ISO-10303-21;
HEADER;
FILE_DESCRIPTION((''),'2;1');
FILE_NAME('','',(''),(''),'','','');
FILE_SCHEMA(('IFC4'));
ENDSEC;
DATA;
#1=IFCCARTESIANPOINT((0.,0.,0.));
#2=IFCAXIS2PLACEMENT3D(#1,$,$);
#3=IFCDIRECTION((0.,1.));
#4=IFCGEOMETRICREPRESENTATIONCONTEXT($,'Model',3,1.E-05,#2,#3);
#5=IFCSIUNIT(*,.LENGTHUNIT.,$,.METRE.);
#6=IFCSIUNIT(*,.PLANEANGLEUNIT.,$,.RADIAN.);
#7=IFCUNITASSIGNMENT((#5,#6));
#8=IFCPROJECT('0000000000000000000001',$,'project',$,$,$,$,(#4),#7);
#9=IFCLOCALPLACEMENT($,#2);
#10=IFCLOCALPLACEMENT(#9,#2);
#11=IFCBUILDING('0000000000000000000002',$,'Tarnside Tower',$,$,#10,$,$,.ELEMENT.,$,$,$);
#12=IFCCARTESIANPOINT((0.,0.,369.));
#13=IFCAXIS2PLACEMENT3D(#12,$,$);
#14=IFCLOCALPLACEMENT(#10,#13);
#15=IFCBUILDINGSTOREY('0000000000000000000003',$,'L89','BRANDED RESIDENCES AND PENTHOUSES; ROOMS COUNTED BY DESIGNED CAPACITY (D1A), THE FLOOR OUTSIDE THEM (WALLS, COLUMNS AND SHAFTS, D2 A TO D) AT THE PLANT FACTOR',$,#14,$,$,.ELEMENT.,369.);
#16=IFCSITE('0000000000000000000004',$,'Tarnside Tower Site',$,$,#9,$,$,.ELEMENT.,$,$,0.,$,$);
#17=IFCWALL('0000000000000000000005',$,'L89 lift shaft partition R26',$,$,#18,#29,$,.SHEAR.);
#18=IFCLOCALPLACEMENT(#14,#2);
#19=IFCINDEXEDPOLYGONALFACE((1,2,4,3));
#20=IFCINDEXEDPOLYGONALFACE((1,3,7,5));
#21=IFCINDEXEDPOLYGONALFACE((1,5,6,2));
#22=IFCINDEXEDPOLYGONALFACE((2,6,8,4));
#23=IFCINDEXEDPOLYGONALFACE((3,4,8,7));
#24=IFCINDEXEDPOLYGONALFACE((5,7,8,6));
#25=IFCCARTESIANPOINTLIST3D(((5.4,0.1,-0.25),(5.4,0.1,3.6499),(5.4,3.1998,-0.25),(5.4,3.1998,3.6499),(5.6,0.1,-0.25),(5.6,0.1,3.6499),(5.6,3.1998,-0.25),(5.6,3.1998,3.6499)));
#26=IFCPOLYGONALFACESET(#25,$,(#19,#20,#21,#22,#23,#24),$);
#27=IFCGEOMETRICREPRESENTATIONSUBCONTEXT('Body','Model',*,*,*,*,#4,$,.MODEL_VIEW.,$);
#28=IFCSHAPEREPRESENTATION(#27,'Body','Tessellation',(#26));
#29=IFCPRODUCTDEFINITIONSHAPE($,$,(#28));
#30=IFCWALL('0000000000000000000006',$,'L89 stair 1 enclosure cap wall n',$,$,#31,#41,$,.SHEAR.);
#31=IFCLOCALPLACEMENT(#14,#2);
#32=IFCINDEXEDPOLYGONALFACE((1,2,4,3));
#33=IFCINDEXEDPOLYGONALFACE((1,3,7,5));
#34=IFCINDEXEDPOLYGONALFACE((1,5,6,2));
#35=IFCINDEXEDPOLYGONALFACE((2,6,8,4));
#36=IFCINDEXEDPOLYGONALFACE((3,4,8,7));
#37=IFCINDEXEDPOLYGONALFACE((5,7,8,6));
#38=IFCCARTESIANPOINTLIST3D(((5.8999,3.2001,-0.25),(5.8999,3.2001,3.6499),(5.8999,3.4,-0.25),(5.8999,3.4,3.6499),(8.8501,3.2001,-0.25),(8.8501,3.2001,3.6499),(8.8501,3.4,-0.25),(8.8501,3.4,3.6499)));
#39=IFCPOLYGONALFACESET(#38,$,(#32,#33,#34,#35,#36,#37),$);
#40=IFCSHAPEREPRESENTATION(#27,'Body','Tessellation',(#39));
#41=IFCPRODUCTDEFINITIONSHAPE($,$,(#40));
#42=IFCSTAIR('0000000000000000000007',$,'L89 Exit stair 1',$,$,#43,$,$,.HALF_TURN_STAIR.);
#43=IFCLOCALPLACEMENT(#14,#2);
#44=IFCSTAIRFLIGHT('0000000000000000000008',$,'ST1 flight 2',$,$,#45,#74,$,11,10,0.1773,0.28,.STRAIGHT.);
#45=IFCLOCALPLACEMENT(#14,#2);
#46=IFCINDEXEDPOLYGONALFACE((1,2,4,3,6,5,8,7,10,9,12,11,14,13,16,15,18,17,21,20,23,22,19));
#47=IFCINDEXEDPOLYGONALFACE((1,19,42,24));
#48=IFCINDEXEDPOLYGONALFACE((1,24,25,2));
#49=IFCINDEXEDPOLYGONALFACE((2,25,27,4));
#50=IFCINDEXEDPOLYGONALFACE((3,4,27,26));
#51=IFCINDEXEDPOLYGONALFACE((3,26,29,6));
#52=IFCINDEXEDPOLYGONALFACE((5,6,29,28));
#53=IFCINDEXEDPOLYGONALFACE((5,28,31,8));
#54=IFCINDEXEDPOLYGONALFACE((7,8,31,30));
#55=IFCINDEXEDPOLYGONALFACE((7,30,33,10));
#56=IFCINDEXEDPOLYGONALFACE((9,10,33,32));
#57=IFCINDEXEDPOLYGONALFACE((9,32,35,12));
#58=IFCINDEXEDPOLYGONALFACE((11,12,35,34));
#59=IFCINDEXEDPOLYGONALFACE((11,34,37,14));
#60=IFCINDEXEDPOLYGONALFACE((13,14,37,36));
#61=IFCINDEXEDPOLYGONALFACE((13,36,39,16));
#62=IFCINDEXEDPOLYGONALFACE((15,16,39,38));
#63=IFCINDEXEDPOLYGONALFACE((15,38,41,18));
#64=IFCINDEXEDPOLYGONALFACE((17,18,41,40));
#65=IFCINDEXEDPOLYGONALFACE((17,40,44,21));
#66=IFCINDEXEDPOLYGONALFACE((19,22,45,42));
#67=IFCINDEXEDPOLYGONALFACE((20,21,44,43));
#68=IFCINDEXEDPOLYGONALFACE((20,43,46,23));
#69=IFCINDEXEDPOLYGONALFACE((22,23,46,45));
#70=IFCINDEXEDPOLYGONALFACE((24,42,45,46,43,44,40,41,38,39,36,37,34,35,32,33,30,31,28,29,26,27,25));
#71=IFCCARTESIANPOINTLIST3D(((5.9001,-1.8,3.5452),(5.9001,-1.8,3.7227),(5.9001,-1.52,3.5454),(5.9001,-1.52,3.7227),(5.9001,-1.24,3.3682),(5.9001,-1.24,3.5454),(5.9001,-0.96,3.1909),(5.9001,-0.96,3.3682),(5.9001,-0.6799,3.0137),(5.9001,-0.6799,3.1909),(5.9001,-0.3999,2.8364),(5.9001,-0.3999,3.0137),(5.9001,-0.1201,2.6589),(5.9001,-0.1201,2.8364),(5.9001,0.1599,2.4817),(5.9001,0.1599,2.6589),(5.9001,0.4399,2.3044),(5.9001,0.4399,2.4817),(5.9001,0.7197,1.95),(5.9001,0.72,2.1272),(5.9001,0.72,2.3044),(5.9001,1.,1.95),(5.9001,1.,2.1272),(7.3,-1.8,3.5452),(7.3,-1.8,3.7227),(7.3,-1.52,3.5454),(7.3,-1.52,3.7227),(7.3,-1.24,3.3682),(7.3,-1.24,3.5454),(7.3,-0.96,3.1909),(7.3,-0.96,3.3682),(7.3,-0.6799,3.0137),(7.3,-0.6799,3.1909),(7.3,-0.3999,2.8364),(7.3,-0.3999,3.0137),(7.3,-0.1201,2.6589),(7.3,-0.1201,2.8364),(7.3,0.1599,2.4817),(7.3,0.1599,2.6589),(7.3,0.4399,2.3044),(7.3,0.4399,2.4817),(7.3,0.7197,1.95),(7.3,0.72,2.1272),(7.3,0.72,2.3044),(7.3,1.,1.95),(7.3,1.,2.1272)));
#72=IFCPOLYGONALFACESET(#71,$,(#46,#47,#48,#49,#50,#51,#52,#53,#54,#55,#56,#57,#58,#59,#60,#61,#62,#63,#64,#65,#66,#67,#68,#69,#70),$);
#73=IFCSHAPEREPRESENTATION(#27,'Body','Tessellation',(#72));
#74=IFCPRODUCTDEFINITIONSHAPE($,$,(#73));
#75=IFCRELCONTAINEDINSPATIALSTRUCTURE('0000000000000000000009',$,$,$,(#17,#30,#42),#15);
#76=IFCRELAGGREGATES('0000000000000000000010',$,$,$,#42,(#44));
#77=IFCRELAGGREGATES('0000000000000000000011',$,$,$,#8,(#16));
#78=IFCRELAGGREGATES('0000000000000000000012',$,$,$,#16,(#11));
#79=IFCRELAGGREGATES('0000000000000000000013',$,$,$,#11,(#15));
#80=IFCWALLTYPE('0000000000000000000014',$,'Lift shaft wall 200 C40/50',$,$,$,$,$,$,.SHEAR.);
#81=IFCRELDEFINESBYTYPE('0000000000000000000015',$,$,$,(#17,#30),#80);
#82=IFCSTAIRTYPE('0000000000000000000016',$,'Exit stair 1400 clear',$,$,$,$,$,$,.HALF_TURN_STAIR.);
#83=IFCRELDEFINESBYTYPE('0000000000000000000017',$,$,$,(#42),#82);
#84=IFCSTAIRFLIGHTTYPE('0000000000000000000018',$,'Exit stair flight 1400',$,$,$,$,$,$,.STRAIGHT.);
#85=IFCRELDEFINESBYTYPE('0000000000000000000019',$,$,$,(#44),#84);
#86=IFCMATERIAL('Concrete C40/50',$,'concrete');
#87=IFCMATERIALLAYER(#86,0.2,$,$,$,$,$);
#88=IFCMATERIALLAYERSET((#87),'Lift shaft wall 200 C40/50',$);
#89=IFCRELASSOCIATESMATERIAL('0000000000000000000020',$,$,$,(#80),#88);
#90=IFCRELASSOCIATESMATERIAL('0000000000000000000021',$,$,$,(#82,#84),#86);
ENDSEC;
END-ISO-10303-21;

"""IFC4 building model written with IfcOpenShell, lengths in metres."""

from ifc_helpers import new_model, si_unit, direction, frame, frame_2d, origin, place, context, subcontext, project, spatial, polyline, rectangle, outline, extrude, material, layer, layer_set, type_object, element, aggregate, save


model = new_model("IFC4")

# Units and contexts
model_context = context("Model", 3, precision=1e-05, world=origin(), true_north=direction((0.0, 1.0)))
body_context = subcontext(model_context, "Body", "Model", "MODEL_VIEW")
ifc_project = project(units=[si_unit("LENGTHUNIT", "METRE"), si_unit("PLANEANGLEUNIT", "RADIAN")], contexts=[model_context])

# Site, building, storey
site_placement = place(None, origin())
site = spatial("IfcSite", under=ifc_project, at=site_placement, Name="Tarnside Tower Site", CompositionType="ELEMENT", RefElevation=0.0)
building_placement = place(site_placement, origin())
building = spatial("IfcBuilding", under=site, at=building_placement, Name="Tarnside Tower", CompositionType="ELEMENT")
storey_placement = place(building_placement, frame((0.0, 0.0, 369.0)))
storey = spatial("IfcBuildingStorey", under=building, at=storey_placement, Name="L89", Description="BRANDED RESIDENCES AND PENTHOUSES; ROOMS COUNTED BY DESIGNED CAPACITY (D1A), THE FLOOR OUTSIDE THEM (WALLS, COLUMNS AND SHAFTS, D2 A TO D) AT THE PLANT FACTOR", CompositionType="ELEMENT", Elevation=369.0)

# Shared definitions
ifc_material_1 = material(Name="Concrete C40/50", Category="concrete")

# Shared definitions
ifc_layer_1 = layer(ifc_material_1, 0.2)
ifc_layer_set_1 = layer_set([ifc_layer_1], Name="Lift shaft wall 200 C40/50")
wall_type_1 = type_object("IfcWallType", Name="Lift shaft wall 200 C40/50", PredefinedType="SHEAR", material=ifc_layer_set_1)

# Walls
wall_1_placement = place(storey_placement, frame((5.5, 0.1001, -0.25), z_axis=(0.0, 0.0, 1.0), x_axis=(0.0, 1.0, 0.0)))
element("IfcWall", 1, at=wall_1_placement, inside=storey, type_object=wall_type_1, Name="L89 lift shaft partition R26", PredefinedType="SHEAR", context=body_context, shape_type="SweptSolid", body=[
    extrude(rectangle(XDim=3.0999, YDim=0.2, at=frame_2d((1.5498, 0.0))), origin(), (0.0, 0.0, 1.0), 3.8999),
])
wall_2_placement = place(storey_placement, frame((5.8999, 3.3, -0.25), z_axis=(0.0, 0.0, 1.0), x_axis=(1.0, 0.0, 0.0)))
element("IfcWall", 2, at=wall_2_placement, inside=storey, type_object=wall_type_1, Name="L89 stair 1 enclosure cap wall n", PredefinedType="SHEAR", context=body_context, shape_type="SweptSolid", body=[
    extrude(rectangle(XDim=2.9502, YDim=0.2, at=frame_2d((1.4751, 0.0))), origin(), (0.0, 0.0, 1.0), 3.8999),
])

# Stair, stair flight
stair_type = type_object("IfcStairType", Name="Exit stair 1400 clear", PredefinedType="HALF_TURN_STAIR", material=ifc_material_1)
stair_placement = place(storey_placement, origin())
stair = element("IfcStair", 3, at=stair_placement, inside=storey, type_object=stair_type, Name="L89 Exit stair 1", PredefinedType="HALF_TURN_STAIR")
stair_flight_type = type_object("IfcStairFlightType", Name="Exit stair flight 1400", PredefinedType="STRAIGHT", material=ifc_material_1)
stair_flight_placement = place(storey_placement, frame((6.6001, 1.0, 1.95), z_axis=(0.0, 0.0, 1.0), x_axis=(0.0, -1.0, 0.0)))
stair_flight = element("IfcStairFlight", 4, at=stair_flight_placement, type_object=stair_flight_type, Name="ST1 flight 2", NumberOfRisers=11, NumberOfTreads=10, PredefinedType="STRAIGHT", RiserHeight=0.1773, TreadLength=0.28, context=body_context, shape_type="SweptSolid", body=[
    extrude(outline(polyline([(0.0, 0.0), (0.0, 0.1772), (0.28, 0.1772), (0.28, 0.3545), (0.5601, 0.3545), (0.5601, 0.5317), (0.8401, 0.5317), (0.8401, 0.709), (1.1201, 0.709), (1.1201, 0.8865), (1.3999, 0.8865), (1.3999, 1.0637), (1.6799, 1.0637), (1.6799, 1.241), (1.96, 1.241), (1.96, 1.4182), (2.24, 1.4182), (2.24, 1.5955), (2.52, 1.5955), (2.52, 1.7727), (2.8, 1.7727), (2.8, 1.95), (2.8, 1.5952), (0.2803, 0.0), (0.0, 0.0)])), frame((0.0, 0.7, 0.0), z_axis=(0.0, -1.0, 0.0), x_axis=(1.0, 0.0, 0.0)), (0.0, 0.0, 1.0), 1.3999),
])
aggregate(stair, [stair_flight])

save(model, "model.ifc")
